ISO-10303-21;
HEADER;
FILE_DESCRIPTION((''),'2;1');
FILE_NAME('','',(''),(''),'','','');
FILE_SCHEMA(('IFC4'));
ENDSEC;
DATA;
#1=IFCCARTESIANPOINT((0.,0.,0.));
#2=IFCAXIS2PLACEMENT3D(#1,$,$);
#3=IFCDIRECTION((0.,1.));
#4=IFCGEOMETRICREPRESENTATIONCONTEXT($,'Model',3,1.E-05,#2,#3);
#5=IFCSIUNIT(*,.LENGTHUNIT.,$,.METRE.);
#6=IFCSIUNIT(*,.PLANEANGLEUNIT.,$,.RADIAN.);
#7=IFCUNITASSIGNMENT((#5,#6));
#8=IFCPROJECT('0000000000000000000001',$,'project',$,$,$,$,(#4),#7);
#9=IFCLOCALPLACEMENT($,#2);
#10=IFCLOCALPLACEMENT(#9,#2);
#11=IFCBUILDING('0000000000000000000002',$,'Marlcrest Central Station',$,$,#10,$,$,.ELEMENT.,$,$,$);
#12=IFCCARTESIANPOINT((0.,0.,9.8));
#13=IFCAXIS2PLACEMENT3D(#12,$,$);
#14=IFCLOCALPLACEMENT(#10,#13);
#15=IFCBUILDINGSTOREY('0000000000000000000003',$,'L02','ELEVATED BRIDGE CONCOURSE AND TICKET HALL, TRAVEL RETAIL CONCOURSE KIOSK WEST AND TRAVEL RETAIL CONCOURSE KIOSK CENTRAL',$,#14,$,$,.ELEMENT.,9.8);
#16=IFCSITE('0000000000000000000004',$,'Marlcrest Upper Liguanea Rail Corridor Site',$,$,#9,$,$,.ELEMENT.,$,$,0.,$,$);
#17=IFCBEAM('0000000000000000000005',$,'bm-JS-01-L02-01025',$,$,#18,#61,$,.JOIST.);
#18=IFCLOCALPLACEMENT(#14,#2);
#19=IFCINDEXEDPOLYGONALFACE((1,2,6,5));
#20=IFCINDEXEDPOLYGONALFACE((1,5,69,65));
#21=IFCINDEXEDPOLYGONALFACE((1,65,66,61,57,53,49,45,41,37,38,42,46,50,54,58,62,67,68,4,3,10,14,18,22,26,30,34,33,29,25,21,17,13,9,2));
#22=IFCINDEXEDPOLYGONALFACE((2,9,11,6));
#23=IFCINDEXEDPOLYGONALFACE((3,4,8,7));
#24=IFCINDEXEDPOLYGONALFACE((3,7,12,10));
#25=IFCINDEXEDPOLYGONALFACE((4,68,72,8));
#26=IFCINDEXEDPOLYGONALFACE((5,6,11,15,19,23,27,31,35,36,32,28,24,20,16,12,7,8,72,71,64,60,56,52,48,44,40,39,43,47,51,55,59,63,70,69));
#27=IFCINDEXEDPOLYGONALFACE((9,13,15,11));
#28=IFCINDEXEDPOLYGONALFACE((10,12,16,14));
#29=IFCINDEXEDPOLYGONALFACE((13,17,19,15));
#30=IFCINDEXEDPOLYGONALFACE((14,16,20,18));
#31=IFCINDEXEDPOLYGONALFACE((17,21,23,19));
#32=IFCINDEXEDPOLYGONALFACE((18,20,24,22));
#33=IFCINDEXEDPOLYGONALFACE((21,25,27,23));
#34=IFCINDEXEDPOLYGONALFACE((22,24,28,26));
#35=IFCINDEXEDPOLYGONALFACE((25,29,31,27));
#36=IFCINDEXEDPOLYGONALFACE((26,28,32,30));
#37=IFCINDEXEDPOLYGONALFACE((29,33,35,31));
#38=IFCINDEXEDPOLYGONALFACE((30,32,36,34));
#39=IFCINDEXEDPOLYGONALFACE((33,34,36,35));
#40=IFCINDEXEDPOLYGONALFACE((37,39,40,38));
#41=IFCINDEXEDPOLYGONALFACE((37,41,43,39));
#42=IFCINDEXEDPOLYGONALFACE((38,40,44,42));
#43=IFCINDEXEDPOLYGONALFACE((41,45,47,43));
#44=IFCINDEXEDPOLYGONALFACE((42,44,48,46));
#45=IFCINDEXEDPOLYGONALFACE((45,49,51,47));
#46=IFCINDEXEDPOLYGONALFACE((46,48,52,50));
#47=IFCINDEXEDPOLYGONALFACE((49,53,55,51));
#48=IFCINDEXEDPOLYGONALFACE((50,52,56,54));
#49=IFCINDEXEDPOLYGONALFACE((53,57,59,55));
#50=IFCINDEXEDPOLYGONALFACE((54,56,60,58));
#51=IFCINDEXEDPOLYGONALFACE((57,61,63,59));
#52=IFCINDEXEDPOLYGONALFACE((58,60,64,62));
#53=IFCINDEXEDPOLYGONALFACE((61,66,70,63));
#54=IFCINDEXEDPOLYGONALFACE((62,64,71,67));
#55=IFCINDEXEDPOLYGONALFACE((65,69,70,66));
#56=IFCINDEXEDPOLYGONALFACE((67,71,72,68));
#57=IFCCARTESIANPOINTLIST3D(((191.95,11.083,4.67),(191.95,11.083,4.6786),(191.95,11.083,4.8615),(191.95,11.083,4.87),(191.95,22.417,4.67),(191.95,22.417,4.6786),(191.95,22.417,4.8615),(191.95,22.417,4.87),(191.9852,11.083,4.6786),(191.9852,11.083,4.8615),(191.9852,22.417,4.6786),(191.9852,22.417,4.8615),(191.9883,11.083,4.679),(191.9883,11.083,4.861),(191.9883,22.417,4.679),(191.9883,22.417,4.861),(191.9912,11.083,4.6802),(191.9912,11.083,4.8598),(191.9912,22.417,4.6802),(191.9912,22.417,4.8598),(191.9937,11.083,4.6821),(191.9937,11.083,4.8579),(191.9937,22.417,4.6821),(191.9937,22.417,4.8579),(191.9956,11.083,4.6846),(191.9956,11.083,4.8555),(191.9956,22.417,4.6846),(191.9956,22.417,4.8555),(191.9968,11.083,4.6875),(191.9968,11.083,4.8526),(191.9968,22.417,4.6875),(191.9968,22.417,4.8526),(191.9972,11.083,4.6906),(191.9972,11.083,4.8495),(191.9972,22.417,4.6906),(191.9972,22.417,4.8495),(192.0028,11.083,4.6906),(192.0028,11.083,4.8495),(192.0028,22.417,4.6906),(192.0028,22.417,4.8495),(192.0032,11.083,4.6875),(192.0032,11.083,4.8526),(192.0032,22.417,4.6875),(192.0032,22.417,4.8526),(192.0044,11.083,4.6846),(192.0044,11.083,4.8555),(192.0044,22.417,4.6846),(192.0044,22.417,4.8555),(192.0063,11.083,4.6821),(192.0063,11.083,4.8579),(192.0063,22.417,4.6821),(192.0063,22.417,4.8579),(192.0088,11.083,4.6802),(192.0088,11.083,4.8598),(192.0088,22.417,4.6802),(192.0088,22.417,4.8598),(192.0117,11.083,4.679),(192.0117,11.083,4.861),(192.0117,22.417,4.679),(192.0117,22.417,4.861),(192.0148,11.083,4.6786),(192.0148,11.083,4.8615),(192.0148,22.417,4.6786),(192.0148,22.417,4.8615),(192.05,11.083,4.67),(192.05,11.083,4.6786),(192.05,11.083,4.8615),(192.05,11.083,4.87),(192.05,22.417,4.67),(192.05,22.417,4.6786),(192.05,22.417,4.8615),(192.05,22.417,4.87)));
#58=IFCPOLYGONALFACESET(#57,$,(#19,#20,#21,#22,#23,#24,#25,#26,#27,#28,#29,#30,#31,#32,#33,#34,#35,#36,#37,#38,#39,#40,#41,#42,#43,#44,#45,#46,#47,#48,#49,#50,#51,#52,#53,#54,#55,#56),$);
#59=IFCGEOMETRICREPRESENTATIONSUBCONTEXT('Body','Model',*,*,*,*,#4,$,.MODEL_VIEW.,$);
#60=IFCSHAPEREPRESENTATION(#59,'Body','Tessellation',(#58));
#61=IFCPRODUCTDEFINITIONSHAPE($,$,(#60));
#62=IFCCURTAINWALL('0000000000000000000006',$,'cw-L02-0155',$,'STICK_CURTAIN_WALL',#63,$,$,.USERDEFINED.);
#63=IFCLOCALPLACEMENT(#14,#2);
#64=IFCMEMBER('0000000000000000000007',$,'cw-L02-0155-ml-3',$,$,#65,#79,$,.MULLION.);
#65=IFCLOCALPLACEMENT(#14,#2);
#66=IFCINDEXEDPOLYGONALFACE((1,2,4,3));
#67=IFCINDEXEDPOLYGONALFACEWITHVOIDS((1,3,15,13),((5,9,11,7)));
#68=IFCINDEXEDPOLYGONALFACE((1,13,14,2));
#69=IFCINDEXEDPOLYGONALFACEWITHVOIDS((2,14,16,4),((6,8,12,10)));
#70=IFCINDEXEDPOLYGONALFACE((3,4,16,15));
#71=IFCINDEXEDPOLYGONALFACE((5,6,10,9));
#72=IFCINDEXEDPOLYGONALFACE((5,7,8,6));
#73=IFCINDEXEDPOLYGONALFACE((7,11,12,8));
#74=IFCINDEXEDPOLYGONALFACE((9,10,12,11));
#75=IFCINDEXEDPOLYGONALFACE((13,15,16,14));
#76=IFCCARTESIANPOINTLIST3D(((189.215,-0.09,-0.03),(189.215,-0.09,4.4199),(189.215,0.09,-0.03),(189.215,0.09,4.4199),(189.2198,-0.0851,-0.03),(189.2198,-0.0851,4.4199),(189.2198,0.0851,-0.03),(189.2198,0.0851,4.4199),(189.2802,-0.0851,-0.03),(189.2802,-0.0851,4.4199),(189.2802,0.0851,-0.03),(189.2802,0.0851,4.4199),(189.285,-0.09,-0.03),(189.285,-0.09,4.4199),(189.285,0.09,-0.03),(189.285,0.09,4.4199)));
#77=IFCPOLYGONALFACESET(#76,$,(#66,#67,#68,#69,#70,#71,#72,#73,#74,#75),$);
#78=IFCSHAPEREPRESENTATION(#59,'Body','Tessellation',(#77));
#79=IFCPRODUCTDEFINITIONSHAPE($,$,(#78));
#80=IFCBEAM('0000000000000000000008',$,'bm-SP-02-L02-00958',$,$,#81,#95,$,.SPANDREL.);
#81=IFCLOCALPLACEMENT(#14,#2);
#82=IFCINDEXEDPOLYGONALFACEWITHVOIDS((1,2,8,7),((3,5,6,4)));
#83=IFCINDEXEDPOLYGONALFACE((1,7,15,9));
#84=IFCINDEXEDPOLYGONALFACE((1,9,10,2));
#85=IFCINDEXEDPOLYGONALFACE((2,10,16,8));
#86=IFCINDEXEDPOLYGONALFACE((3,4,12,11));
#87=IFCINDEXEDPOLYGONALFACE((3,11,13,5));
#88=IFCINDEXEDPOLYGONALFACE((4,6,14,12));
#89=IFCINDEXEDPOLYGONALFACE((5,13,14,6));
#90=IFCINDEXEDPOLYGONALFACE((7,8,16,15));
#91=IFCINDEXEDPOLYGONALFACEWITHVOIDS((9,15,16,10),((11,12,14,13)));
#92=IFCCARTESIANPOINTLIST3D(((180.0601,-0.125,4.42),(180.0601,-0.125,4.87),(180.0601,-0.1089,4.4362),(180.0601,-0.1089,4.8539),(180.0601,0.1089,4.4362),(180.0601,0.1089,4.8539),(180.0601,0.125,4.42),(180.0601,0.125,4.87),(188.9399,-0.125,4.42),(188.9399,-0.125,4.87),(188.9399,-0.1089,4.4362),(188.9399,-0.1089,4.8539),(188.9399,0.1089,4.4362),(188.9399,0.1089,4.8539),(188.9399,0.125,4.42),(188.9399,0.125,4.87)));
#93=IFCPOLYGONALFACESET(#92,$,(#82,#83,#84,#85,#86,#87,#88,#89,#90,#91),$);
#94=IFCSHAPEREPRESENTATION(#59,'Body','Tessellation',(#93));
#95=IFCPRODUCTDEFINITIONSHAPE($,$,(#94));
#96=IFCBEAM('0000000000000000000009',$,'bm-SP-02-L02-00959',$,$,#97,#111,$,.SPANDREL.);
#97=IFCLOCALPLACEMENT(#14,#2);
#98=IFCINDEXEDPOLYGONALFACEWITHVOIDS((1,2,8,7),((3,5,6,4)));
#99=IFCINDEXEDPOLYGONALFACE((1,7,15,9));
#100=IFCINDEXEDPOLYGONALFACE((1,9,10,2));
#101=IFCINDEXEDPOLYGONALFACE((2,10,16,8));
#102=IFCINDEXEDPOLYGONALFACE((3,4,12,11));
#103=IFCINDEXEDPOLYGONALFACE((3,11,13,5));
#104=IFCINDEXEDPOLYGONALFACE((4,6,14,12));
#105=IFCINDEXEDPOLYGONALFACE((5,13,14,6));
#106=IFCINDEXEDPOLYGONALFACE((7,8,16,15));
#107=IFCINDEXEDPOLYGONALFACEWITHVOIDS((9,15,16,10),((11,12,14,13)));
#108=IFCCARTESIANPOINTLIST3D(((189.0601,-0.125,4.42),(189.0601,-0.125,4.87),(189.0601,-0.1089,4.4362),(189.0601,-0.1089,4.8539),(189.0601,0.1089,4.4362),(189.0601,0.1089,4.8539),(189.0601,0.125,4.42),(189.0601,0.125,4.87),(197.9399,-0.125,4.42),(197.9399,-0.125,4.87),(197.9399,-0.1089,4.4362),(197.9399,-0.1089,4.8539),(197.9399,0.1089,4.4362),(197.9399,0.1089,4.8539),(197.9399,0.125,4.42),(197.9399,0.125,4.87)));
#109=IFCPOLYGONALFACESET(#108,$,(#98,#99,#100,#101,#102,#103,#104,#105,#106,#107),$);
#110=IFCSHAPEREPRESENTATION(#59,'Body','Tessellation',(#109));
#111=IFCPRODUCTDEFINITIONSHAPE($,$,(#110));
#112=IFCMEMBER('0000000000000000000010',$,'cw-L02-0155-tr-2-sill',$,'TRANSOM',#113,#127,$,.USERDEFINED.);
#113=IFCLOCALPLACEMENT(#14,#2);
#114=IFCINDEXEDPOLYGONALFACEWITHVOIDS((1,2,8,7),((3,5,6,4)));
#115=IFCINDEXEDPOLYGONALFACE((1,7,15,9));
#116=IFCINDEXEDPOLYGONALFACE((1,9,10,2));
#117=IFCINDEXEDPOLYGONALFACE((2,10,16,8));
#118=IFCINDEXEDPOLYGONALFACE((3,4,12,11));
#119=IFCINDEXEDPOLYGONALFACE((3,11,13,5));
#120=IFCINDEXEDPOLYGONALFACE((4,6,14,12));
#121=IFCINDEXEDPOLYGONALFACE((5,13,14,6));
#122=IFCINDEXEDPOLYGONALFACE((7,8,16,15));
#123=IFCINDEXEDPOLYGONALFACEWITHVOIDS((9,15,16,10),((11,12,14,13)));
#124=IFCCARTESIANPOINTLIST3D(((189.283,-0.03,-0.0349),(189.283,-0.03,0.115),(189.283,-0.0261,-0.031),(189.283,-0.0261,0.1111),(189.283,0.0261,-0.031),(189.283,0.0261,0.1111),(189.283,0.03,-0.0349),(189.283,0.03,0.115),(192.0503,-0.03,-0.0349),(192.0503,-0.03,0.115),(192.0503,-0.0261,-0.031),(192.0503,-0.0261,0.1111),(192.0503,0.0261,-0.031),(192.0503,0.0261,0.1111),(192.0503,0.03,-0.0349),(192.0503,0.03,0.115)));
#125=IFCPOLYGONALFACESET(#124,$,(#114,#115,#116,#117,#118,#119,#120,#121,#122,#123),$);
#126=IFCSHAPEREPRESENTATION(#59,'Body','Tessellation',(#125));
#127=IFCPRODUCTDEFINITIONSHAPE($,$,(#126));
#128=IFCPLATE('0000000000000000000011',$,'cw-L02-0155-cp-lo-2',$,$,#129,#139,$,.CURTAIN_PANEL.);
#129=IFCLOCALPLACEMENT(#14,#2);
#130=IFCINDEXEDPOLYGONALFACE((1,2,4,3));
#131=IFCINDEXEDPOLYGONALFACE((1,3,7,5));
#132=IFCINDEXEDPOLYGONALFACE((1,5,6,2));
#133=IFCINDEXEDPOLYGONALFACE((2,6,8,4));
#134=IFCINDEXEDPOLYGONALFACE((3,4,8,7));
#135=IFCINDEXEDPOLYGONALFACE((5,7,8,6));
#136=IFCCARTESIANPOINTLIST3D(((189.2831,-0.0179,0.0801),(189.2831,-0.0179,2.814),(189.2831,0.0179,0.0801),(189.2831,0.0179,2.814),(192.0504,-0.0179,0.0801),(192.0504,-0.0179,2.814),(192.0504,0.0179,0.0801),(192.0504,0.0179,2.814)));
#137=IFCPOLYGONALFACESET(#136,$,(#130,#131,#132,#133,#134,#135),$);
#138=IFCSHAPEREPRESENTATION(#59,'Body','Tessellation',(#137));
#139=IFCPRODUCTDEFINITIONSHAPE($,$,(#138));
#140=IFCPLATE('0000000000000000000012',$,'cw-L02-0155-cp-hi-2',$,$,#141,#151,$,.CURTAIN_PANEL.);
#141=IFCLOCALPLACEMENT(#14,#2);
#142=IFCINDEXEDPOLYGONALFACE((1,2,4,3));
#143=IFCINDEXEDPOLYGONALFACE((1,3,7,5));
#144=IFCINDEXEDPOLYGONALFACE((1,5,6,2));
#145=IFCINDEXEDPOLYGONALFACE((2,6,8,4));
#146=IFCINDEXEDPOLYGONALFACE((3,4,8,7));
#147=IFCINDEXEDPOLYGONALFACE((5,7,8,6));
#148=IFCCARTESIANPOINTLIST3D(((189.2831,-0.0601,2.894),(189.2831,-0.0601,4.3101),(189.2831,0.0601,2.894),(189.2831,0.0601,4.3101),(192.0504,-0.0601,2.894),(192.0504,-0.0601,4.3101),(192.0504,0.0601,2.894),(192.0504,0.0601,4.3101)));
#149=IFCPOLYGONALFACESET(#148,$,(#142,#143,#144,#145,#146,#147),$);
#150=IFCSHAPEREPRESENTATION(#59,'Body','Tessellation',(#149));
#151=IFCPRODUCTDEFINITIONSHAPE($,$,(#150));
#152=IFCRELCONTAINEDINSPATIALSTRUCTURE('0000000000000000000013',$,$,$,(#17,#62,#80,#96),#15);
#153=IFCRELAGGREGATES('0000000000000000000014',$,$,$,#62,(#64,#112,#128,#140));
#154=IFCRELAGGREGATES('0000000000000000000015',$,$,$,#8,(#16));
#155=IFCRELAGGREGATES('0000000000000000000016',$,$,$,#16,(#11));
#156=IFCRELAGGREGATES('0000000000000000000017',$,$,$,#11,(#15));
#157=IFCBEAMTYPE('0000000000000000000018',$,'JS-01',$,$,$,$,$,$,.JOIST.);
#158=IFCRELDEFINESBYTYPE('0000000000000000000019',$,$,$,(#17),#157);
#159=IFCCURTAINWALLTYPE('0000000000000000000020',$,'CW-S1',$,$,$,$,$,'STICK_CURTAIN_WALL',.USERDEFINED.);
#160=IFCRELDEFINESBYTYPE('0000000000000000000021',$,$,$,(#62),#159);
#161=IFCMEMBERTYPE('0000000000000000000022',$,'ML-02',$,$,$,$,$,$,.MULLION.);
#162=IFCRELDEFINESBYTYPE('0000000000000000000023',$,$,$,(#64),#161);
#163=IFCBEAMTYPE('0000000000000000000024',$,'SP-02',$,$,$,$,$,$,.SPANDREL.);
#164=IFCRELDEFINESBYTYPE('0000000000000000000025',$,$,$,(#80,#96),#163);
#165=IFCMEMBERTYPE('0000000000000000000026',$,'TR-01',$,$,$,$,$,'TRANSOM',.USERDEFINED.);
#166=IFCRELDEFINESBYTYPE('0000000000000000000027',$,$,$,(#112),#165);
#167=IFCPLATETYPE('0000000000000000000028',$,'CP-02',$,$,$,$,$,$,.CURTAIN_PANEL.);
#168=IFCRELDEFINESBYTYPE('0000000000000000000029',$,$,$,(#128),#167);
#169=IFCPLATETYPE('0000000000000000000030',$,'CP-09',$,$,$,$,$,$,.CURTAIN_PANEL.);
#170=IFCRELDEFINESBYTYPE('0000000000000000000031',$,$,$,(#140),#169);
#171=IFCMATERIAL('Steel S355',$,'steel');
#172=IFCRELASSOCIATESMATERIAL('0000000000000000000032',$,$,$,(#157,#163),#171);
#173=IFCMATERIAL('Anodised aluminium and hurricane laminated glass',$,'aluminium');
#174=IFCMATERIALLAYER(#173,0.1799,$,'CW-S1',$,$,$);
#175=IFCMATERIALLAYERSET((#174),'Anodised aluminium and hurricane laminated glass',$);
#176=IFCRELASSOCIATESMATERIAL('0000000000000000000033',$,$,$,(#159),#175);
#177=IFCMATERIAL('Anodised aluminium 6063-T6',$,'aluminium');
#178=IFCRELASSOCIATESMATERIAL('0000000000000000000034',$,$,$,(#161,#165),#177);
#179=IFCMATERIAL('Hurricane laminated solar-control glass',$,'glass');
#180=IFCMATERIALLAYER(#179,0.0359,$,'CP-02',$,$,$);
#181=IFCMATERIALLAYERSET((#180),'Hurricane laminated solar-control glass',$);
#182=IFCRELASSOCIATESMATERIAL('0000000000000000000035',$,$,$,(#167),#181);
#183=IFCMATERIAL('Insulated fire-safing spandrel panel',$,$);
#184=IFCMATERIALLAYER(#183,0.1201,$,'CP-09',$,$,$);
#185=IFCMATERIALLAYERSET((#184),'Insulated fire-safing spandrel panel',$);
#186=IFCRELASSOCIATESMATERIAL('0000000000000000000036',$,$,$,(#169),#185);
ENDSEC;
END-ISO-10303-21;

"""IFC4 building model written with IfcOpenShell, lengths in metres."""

from ifc_helpers import new_model, si_unit, direction, frame, origin, origin_2d, place, context, subcontext, project, spatial, rectangle, hollow_rectangle, i_section, extrude, material, layer, layer_set, material_profile, profile_set, type_object, element, aggregate, save


model = new_model("IFC4")

# Units and contexts
model_context = context("Model", 3, precision=1e-05, world=origin(), true_north=direction((0.0, 1.0)))
body_context = subcontext(model_context, "Body", "Model", "MODEL_VIEW")
ifc_project = project(units=[si_unit("LENGTHUNIT", "METRE"), si_unit("PLANEANGLEUNIT", "RADIAN")], contexts=[model_context])

# Site, building, storey
site_placement = place(None, origin())
site = spatial("IfcSite", under=ifc_project, at=site_placement, Name="Marlcrest Upper Liguanea Rail Corridor Site", CompositionType="ELEMENT", RefElevation=0.0)
building_placement = place(site_placement, origin())
building = spatial("IfcBuilding", under=site, at=building_placement, Name="Marlcrest Central Station", CompositionType="ELEMENT")
storey_placement = place(building_placement, frame((0.0, 0.0, 9.8)))
storey = spatial("IfcBuildingStorey", under=building, at=storey_placement, Name="L02", Description="ELEVATED BRIDGE CONCOURSE AND TICKET HALL, TRAVEL RETAIL CONCOURSE KIOSK WEST AND TRAVEL RETAIL CONCOURSE KIOSK CENTRAL", CompositionType="ELEMENT", Elevation=9.8)

# Beam
ifc_material_1 = material(Name="Steel S355", Category="steel")
ifc_material_profile_1 = material_profile(ifc_material_1, i_section(OverallWidth=0.1001, OverallDepth=0.2, WebThickness=0.0056, FlangeThickness=0.0085, FilletRadius=0.012, at=origin_2d()), Name="IPE 200")
ifc_profile_set_1 = profile_set([ifc_material_profile_1], Name="Steel S355")
beam_type_1 = type_object("IfcBeamType", Name="JS-01", PredefinedType="JOIST", material=ifc_profile_set_1)
beam_1_placement = place(storey_placement, frame((192.0, 11.083, 4.77), z_axis=(0.0, 1.0, 0.0), x_axis=(-1.0, 0.0, 0.0)))
element("IfcBeam", 1, at=beam_1_placement, inside=storey, type_object=beam_type_1, Name="bm-JS-01-L02-01025", PredefinedType="JOIST", context=body_context, shape_type="SweptSolid", body=[
    extrude(i_section(OverallWidth=0.1001, OverallDepth=0.2, WebThickness=0.0056, FlangeThickness=0.0085, FilletRadius=0.012, at=origin_2d()), origin(), (0.0, 0.0, 1.0), 11.334),
])

# Curtain wall, member
ifc_material_2 = material(Name="Anodised aluminium and hurricane laminated glass", Category="aluminium")
ifc_layer_1 = layer(ifc_material_2, 0.1799, Name="CW-S1")
ifc_layer_set_1 = layer_set([ifc_layer_1], Name="Anodised aluminium and hurricane laminated glass")
curtain_wall_type = type_object("IfcCurtainWallType", Name="CW-S1", ElementType="STICK_CURTAIN_WALL", PredefinedType="USERDEFINED", material=ifc_layer_set_1)
curtain_wall_placement = place(storey_placement, origin())
curtain_wall = element("IfcCurtainWall", 2, at=curtain_wall_placement, inside=storey, type_object=curtain_wall_type, Name="cw-L02-0155", ObjectType="STICK_CURTAIN_WALL", PredefinedType="USERDEFINED")
ifc_material_3 = material(Name="Anodised aluminium 6063-T6", Category="aluminium")
ifc_material_profile_2 = material_profile(ifc_material_3, hollow_rectangle(XDim=0.0701, YDim=0.1799, WallThickness=0.0049, at=origin_2d()), Name="AA-RHS 180x70x5")
ifc_profile_set_2 = profile_set([ifc_material_profile_2], Name="Anodised aluminium 6063-T6")
member_type_1 = type_object("IfcMemberType", Name="ML-02", PredefinedType="MULLION", material=ifc_profile_set_2)
member_1_placement = place(storey_placement, frame((189.25, 0.0, -0.03), z_axis=(0.0, 0.0, 1.0), x_axis=(1.0, 0.0, 0.0)))
member_1 = element("IfcMember", 3, at=member_1_placement, type_object=member_type_1, Name="cw-L02-0155-ml-3", PredefinedType="MULLION", context=body_context, shape_type="SweptSolid", body=[
    extrude(hollow_rectangle(XDim=0.0701, YDim=0.1799, WallThickness=0.0049, at=origin_2d()), origin(), (0.0, 0.0, 1.0), 4.45),
])

# Beams
ifc_material_profile_3 = material_profile(ifc_material_1, hollow_rectangle(XDim=0.25, YDim=0.45, WallThickness=0.0161, at=origin_2d()), Name="RHS 450x250x16")
ifc_profile_set_3 = profile_set([ifc_material_profile_3], Name="Steel S355")
beam_type_2 = type_object("IfcBeamType", Name="SP-02", PredefinedType="SPANDREL", material=ifc_profile_set_3)
for number, where, z_axis, x_axis, name in (
    (4, (180.0601, 0.0, 4.645), (1.0, 0.0, 0.0), (0.0, 1.0, 0.0), "bm-SP-02-L02-00958"),
    (5, (189.0601, 0.0, 4.645), (1.0, 0.0, 0.0), (0.0, 1.0, 0.0), "bm-SP-02-L02-00959"),
):
    element("IfcBeam", number, at=place(storey_placement, frame(where, z_axis=z_axis, x_axis=x_axis)), inside=storey, type_object=beam_type_2, Name=name, PredefinedType="SPANDREL", context=body_context, shape_type="SweptSolid", body=[
        extrude(hollow_rectangle(XDim=0.25, YDim=0.45, WallThickness=0.0161, at=origin_2d()), origin(), (0.0, 0.0, 1.0), 8.8799),
    ])

# Member
ifc_material_profile_4 = material_profile(ifc_material_3, hollow_rectangle(XDim=0.0601, YDim=0.1499, WallThickness=0.0039, at=origin_2d()), Name="AA-RHS 150x60x4")
ifc_profile_set_4 = profile_set([ifc_material_profile_4], Name="Anodised aluminium 6063-T6")
member_type_2 = type_object("IfcMemberType", Name="TR-01", ElementType="TRANSOM", PredefinedType="USERDEFINED", material=ifc_profile_set_4)
member_2_placement = place(storey_placement, frame((192.0503, 0.0, 0.04), z_axis=(-1.0, 0.0, 0.0), x_axis=(0.0, -1.0, 0.0)))
member_2 = element("IfcMember", 6, at=member_2_placement, type_object=member_type_2, Name="cw-L02-0155-tr-2-sill", ObjectType="TRANSOM", PredefinedType="USERDEFINED", context=body_context, shape_type="SweptSolid", body=[
    extrude(hollow_rectangle(XDim=0.0601, YDim=0.1499, WallThickness=0.0039, at=origin_2d()), origin(), (0.0, 0.0, 1.0), 2.7673),
])

# Plates
ifc_material_4 = material(Name="Hurricane laminated solar-control glass", Category="glass")
ifc_layer_2 = layer(ifc_material_4, 0.0359, Name="CP-02")
ifc_layer_set_2 = layer_set([ifc_layer_2], Name="Hurricane laminated solar-control glass")
plate_type_1 = type_object("IfcPlateType", Name="CP-02", PredefinedType="CURTAIN_PANEL", material=ifc_layer_set_2)
plate_1_placement = place(storey_placement, frame((190.6667, 0.0, 0.0801), z_axis=(0.0, 0.0, 1.0), x_axis=(-1.0, 0.0, 0.0)))
plate_1 = element("IfcPlate", 7, at=plate_1_placement, type_object=plate_type_1, Name="cw-L02-0155-cp-lo-2", PredefinedType="CURTAIN_PANEL", context=body_context, shape_type="SweptSolid", body=[
    extrude(rectangle(XDim=2.7673, YDim=0.0359, at=origin_2d()), origin(), (0.0, 0.0, 1.0), 2.7339),
])
ifc_material_5 = material(Name="Insulated fire-safing spandrel panel")
ifc_layer_3 = layer(ifc_material_5, 0.1201, Name="CP-09")
ifc_layer_set_3 = layer_set([ifc_layer_3], Name="Insulated fire-safing spandrel panel")
plate_type_2 = type_object("IfcPlateType", Name="CP-09", PredefinedType="CURTAIN_PANEL", material=ifc_layer_set_3)
plate_2_placement = place(storey_placement, frame((190.6667, 0.0, 2.894), z_axis=(0.0, 0.0, 1.0), x_axis=(-1.0, 0.0, 0.0)))
plate_2 = element("IfcPlate", 8, at=plate_2_placement, type_object=plate_type_2, Name="cw-L02-0155-cp-hi-2", PredefinedType="CURTAIN_PANEL", context=body_context, shape_type="SweptSolid", body=[
    extrude(rectangle(XDim=2.7673, YDim=0.1201, at=origin_2d()), origin(), (0.0, 0.0, 1.0), 1.416),
])
aggregate(curtain_wall, [member_1, member_2, plate_1, plate_2])

save(model, "model.ifc")
